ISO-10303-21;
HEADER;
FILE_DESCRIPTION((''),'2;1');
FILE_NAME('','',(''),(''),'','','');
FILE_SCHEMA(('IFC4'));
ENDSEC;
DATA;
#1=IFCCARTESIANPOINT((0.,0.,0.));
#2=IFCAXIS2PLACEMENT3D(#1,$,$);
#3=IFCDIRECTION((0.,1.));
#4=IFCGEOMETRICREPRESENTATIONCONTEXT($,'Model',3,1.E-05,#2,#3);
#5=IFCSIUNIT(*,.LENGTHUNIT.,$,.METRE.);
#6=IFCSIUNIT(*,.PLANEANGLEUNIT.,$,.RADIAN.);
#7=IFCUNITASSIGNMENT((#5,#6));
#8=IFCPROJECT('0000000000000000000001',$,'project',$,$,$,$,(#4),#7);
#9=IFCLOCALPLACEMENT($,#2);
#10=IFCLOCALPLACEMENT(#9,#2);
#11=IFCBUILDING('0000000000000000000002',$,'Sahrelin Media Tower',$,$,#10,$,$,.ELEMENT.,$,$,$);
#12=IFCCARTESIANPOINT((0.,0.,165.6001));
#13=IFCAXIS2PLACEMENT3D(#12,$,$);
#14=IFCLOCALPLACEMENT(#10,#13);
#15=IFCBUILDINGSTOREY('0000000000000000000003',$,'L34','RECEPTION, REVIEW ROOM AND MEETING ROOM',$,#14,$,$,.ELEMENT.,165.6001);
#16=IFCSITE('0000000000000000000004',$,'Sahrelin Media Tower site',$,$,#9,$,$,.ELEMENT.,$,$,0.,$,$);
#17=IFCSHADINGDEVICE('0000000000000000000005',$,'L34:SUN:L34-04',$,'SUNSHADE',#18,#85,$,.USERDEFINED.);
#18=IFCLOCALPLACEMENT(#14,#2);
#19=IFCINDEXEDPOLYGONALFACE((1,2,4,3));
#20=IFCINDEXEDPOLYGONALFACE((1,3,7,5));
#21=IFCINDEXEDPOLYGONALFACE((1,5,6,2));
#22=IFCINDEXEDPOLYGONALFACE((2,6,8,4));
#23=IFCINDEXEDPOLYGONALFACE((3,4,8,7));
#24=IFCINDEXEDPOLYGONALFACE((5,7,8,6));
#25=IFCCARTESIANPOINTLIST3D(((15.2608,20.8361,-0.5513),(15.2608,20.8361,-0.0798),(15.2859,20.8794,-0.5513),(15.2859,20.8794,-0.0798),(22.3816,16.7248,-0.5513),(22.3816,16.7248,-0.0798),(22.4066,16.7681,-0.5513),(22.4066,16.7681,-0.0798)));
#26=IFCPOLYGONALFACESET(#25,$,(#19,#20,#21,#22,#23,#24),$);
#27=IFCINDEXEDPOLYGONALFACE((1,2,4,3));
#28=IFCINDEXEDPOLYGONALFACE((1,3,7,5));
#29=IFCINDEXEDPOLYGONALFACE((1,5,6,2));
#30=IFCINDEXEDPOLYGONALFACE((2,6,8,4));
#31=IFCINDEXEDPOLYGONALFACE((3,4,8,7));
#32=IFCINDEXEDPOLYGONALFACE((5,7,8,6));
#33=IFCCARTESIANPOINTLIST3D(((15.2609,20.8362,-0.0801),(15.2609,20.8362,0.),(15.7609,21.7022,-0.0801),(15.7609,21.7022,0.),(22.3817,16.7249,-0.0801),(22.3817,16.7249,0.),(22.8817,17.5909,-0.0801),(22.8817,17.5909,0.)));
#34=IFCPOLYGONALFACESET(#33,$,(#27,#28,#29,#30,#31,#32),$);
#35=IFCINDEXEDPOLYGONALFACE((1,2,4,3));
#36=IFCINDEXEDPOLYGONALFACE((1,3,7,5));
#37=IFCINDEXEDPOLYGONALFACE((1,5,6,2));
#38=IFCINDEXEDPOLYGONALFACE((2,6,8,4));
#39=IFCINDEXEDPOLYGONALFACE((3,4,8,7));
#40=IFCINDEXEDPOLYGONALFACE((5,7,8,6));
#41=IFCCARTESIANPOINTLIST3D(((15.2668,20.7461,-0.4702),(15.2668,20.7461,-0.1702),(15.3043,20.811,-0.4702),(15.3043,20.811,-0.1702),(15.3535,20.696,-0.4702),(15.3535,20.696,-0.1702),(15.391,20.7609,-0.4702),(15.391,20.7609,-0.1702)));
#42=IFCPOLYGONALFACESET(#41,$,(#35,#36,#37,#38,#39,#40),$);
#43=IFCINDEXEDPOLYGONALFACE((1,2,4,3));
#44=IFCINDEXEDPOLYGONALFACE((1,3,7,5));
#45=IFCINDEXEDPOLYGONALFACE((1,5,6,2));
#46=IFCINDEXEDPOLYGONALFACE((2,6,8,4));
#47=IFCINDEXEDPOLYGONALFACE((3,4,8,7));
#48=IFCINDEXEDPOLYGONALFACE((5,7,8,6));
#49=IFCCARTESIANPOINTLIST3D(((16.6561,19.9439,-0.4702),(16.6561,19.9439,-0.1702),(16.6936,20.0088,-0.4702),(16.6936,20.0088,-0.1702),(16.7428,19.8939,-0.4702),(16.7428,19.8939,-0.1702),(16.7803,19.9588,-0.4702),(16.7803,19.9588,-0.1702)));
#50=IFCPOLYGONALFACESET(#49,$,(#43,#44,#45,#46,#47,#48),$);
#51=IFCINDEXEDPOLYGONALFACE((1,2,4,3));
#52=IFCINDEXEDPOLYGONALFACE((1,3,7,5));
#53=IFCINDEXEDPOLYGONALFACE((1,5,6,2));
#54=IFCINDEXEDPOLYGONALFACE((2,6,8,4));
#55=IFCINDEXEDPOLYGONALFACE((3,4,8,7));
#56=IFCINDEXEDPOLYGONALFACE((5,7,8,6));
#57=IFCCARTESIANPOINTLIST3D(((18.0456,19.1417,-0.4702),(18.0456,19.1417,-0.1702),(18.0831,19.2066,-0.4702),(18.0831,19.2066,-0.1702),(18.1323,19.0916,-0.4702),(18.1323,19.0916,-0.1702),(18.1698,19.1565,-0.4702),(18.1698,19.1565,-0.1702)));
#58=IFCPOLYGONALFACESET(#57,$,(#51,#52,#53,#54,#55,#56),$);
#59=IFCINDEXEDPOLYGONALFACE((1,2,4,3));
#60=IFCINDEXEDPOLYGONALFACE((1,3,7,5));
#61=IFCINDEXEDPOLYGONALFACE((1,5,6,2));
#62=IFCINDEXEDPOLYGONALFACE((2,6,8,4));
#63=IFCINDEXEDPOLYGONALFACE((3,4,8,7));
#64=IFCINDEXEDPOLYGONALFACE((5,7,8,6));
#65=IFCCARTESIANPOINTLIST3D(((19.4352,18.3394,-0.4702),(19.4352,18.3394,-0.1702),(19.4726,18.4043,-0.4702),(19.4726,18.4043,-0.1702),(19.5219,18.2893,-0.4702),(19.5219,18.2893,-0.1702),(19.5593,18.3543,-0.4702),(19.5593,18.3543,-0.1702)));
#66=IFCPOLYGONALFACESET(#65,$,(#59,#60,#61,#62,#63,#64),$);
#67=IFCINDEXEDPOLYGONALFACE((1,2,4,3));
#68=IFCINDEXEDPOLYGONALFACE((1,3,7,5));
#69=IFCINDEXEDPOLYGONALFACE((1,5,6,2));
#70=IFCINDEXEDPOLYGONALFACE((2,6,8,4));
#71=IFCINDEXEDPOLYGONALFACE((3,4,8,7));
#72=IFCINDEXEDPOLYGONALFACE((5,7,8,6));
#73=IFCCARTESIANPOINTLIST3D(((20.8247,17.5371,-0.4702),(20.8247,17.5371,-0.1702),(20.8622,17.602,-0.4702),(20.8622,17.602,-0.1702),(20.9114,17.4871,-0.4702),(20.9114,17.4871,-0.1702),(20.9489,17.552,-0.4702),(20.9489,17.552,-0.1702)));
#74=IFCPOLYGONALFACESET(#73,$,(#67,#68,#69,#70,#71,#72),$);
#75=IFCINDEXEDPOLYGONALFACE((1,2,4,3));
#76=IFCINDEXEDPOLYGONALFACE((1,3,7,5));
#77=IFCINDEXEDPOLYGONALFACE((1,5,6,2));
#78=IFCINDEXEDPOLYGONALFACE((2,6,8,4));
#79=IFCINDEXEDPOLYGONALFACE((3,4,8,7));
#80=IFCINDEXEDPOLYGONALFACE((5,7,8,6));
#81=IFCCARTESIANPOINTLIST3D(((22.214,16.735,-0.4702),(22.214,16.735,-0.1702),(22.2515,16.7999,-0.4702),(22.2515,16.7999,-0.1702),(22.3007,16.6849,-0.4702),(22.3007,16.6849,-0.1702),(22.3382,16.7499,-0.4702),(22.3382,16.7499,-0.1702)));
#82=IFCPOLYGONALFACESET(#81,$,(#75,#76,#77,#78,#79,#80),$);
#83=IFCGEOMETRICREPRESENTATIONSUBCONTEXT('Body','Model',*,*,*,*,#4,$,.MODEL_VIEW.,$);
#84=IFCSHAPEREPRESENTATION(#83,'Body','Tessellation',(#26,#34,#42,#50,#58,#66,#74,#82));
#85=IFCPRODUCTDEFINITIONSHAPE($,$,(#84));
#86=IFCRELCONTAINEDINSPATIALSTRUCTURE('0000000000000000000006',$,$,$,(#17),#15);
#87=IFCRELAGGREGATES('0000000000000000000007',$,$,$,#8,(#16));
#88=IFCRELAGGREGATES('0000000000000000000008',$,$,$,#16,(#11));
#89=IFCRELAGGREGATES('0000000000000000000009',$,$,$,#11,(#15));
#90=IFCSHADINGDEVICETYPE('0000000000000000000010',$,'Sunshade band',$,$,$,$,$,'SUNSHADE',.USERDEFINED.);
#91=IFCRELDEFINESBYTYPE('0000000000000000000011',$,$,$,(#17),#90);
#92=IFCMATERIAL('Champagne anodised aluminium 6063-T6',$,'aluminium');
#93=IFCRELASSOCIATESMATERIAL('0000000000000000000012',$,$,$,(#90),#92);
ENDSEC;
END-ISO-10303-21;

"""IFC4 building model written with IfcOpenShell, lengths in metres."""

from ifc_helpers import new_model, si_unit, direction, frame, origin, origin_2d, place, context, subcontext, project, spatial, rectangle, extrude, material, type_object, element, save


model = new_model("IFC4")

# Units and contexts
model_context = context("Model", 3, precision=1e-05, world=origin(), true_north=direction((0.0, 1.0)))
body_context = subcontext(model_context, "Body", "Model", "MODEL_VIEW")
ifc_project = project(units=[si_unit("LENGTHUNIT", "METRE"), si_unit("PLANEANGLEUNIT", "RADIAN")], contexts=[model_context])

# Site, building, storey
site_placement = place(None, origin())
site = spatial("IfcSite", under=ifc_project, at=site_placement, Name="Sahrelin Media Tower site", CompositionType="ELEMENT", RefElevation=0.0)
building_placement = place(site_placement, origin())
building = spatial("IfcBuilding", under=site, at=building_placement, Name="Sahrelin Media Tower", CompositionType="ELEMENT")
storey_placement = place(building_placement, frame((0.0, 0.0, 165.6001)))
storey = spatial("IfcBuildingStorey", under=building, at=storey_placement, Name="L34", Description="RECEPTION, REVIEW ROOM AND MEETING ROOM", CompositionType="ELEMENT", Elevation=165.6001)

# Shared definitions
ifc_material_1 = material(Name="Champagne anodised aluminium 6063-T6", Category="aluminium")

# Shading device
placement_1 = place(storey_placement, frame((18.8113, 18.7632, 0.0), z_axis=(0.0, 0.0, 1.0), x_axis=(0.866019, -0.500011, 0.0)))
shading_device_type_1 = type_object("IfcShadingDeviceType", Name="Sunshade band", ElementType="SUNSHADE", PredefinedType="USERDEFINED", material=ifc_material_1)
element("IfcShadingDevice", 1, at=placement_1, inside=storey, type_object=shading_device_type_1, Name="L34:SUN:L34-04", ObjectType="SUNSHADE", PredefinedType="USERDEFINED", context=body_context, shape_type="SweptSolid", body=[
    extrude(rectangle(XDim=8.2224, YDim=0.05, at=origin_2d()), frame((0.0, 0.0449, -0.5513)), (0.0, 0.0, 1.0), 0.4714),
    extrude(rectangle(XDim=8.2224, YDim=1.0, at=origin_2d()), frame((0.0, 0.52, -0.0801)), (0.0, 0.0, 1.0), 0.0801),
    extrude(rectangle(XDim=0.1001, YDim=0.075, at=origin_2d()), frame((-4.011, -0.0176, -0.4702)), (0.0, 0.0, 1.0), 0.3),
    extrude(rectangle(XDim=0.1001, YDim=0.075, at=origin_2d()), frame((-2.4067, -0.0176, -0.4702)), (0.0, 0.0, 1.0), 0.3),
    extrude(rectangle(XDim=0.1001, YDim=0.075, at=origin_2d()), frame((-0.8022, -0.0176, -0.4702)), (0.0, 0.0, 1.0), 0.3),
    extrude(rectangle(XDim=0.1001, YDim=0.075, at=origin_2d()), frame((0.8022, -0.0176, -0.4702)), (0.0, 0.0, 1.0), 0.3),
    extrude(rectangle(XDim=0.1001, YDim=0.075, at=origin_2d()), frame((2.4067, -0.0176, -0.4702)), (0.0, 0.0, 1.0), 0.3),
    extrude(rectangle(XDim=0.1001, YDim=0.075, at=origin_2d()), frame((4.011, -0.0176, -0.4702)), (0.0, 0.0, 1.0), 0.3),
])

save(model, "model.ifc")
